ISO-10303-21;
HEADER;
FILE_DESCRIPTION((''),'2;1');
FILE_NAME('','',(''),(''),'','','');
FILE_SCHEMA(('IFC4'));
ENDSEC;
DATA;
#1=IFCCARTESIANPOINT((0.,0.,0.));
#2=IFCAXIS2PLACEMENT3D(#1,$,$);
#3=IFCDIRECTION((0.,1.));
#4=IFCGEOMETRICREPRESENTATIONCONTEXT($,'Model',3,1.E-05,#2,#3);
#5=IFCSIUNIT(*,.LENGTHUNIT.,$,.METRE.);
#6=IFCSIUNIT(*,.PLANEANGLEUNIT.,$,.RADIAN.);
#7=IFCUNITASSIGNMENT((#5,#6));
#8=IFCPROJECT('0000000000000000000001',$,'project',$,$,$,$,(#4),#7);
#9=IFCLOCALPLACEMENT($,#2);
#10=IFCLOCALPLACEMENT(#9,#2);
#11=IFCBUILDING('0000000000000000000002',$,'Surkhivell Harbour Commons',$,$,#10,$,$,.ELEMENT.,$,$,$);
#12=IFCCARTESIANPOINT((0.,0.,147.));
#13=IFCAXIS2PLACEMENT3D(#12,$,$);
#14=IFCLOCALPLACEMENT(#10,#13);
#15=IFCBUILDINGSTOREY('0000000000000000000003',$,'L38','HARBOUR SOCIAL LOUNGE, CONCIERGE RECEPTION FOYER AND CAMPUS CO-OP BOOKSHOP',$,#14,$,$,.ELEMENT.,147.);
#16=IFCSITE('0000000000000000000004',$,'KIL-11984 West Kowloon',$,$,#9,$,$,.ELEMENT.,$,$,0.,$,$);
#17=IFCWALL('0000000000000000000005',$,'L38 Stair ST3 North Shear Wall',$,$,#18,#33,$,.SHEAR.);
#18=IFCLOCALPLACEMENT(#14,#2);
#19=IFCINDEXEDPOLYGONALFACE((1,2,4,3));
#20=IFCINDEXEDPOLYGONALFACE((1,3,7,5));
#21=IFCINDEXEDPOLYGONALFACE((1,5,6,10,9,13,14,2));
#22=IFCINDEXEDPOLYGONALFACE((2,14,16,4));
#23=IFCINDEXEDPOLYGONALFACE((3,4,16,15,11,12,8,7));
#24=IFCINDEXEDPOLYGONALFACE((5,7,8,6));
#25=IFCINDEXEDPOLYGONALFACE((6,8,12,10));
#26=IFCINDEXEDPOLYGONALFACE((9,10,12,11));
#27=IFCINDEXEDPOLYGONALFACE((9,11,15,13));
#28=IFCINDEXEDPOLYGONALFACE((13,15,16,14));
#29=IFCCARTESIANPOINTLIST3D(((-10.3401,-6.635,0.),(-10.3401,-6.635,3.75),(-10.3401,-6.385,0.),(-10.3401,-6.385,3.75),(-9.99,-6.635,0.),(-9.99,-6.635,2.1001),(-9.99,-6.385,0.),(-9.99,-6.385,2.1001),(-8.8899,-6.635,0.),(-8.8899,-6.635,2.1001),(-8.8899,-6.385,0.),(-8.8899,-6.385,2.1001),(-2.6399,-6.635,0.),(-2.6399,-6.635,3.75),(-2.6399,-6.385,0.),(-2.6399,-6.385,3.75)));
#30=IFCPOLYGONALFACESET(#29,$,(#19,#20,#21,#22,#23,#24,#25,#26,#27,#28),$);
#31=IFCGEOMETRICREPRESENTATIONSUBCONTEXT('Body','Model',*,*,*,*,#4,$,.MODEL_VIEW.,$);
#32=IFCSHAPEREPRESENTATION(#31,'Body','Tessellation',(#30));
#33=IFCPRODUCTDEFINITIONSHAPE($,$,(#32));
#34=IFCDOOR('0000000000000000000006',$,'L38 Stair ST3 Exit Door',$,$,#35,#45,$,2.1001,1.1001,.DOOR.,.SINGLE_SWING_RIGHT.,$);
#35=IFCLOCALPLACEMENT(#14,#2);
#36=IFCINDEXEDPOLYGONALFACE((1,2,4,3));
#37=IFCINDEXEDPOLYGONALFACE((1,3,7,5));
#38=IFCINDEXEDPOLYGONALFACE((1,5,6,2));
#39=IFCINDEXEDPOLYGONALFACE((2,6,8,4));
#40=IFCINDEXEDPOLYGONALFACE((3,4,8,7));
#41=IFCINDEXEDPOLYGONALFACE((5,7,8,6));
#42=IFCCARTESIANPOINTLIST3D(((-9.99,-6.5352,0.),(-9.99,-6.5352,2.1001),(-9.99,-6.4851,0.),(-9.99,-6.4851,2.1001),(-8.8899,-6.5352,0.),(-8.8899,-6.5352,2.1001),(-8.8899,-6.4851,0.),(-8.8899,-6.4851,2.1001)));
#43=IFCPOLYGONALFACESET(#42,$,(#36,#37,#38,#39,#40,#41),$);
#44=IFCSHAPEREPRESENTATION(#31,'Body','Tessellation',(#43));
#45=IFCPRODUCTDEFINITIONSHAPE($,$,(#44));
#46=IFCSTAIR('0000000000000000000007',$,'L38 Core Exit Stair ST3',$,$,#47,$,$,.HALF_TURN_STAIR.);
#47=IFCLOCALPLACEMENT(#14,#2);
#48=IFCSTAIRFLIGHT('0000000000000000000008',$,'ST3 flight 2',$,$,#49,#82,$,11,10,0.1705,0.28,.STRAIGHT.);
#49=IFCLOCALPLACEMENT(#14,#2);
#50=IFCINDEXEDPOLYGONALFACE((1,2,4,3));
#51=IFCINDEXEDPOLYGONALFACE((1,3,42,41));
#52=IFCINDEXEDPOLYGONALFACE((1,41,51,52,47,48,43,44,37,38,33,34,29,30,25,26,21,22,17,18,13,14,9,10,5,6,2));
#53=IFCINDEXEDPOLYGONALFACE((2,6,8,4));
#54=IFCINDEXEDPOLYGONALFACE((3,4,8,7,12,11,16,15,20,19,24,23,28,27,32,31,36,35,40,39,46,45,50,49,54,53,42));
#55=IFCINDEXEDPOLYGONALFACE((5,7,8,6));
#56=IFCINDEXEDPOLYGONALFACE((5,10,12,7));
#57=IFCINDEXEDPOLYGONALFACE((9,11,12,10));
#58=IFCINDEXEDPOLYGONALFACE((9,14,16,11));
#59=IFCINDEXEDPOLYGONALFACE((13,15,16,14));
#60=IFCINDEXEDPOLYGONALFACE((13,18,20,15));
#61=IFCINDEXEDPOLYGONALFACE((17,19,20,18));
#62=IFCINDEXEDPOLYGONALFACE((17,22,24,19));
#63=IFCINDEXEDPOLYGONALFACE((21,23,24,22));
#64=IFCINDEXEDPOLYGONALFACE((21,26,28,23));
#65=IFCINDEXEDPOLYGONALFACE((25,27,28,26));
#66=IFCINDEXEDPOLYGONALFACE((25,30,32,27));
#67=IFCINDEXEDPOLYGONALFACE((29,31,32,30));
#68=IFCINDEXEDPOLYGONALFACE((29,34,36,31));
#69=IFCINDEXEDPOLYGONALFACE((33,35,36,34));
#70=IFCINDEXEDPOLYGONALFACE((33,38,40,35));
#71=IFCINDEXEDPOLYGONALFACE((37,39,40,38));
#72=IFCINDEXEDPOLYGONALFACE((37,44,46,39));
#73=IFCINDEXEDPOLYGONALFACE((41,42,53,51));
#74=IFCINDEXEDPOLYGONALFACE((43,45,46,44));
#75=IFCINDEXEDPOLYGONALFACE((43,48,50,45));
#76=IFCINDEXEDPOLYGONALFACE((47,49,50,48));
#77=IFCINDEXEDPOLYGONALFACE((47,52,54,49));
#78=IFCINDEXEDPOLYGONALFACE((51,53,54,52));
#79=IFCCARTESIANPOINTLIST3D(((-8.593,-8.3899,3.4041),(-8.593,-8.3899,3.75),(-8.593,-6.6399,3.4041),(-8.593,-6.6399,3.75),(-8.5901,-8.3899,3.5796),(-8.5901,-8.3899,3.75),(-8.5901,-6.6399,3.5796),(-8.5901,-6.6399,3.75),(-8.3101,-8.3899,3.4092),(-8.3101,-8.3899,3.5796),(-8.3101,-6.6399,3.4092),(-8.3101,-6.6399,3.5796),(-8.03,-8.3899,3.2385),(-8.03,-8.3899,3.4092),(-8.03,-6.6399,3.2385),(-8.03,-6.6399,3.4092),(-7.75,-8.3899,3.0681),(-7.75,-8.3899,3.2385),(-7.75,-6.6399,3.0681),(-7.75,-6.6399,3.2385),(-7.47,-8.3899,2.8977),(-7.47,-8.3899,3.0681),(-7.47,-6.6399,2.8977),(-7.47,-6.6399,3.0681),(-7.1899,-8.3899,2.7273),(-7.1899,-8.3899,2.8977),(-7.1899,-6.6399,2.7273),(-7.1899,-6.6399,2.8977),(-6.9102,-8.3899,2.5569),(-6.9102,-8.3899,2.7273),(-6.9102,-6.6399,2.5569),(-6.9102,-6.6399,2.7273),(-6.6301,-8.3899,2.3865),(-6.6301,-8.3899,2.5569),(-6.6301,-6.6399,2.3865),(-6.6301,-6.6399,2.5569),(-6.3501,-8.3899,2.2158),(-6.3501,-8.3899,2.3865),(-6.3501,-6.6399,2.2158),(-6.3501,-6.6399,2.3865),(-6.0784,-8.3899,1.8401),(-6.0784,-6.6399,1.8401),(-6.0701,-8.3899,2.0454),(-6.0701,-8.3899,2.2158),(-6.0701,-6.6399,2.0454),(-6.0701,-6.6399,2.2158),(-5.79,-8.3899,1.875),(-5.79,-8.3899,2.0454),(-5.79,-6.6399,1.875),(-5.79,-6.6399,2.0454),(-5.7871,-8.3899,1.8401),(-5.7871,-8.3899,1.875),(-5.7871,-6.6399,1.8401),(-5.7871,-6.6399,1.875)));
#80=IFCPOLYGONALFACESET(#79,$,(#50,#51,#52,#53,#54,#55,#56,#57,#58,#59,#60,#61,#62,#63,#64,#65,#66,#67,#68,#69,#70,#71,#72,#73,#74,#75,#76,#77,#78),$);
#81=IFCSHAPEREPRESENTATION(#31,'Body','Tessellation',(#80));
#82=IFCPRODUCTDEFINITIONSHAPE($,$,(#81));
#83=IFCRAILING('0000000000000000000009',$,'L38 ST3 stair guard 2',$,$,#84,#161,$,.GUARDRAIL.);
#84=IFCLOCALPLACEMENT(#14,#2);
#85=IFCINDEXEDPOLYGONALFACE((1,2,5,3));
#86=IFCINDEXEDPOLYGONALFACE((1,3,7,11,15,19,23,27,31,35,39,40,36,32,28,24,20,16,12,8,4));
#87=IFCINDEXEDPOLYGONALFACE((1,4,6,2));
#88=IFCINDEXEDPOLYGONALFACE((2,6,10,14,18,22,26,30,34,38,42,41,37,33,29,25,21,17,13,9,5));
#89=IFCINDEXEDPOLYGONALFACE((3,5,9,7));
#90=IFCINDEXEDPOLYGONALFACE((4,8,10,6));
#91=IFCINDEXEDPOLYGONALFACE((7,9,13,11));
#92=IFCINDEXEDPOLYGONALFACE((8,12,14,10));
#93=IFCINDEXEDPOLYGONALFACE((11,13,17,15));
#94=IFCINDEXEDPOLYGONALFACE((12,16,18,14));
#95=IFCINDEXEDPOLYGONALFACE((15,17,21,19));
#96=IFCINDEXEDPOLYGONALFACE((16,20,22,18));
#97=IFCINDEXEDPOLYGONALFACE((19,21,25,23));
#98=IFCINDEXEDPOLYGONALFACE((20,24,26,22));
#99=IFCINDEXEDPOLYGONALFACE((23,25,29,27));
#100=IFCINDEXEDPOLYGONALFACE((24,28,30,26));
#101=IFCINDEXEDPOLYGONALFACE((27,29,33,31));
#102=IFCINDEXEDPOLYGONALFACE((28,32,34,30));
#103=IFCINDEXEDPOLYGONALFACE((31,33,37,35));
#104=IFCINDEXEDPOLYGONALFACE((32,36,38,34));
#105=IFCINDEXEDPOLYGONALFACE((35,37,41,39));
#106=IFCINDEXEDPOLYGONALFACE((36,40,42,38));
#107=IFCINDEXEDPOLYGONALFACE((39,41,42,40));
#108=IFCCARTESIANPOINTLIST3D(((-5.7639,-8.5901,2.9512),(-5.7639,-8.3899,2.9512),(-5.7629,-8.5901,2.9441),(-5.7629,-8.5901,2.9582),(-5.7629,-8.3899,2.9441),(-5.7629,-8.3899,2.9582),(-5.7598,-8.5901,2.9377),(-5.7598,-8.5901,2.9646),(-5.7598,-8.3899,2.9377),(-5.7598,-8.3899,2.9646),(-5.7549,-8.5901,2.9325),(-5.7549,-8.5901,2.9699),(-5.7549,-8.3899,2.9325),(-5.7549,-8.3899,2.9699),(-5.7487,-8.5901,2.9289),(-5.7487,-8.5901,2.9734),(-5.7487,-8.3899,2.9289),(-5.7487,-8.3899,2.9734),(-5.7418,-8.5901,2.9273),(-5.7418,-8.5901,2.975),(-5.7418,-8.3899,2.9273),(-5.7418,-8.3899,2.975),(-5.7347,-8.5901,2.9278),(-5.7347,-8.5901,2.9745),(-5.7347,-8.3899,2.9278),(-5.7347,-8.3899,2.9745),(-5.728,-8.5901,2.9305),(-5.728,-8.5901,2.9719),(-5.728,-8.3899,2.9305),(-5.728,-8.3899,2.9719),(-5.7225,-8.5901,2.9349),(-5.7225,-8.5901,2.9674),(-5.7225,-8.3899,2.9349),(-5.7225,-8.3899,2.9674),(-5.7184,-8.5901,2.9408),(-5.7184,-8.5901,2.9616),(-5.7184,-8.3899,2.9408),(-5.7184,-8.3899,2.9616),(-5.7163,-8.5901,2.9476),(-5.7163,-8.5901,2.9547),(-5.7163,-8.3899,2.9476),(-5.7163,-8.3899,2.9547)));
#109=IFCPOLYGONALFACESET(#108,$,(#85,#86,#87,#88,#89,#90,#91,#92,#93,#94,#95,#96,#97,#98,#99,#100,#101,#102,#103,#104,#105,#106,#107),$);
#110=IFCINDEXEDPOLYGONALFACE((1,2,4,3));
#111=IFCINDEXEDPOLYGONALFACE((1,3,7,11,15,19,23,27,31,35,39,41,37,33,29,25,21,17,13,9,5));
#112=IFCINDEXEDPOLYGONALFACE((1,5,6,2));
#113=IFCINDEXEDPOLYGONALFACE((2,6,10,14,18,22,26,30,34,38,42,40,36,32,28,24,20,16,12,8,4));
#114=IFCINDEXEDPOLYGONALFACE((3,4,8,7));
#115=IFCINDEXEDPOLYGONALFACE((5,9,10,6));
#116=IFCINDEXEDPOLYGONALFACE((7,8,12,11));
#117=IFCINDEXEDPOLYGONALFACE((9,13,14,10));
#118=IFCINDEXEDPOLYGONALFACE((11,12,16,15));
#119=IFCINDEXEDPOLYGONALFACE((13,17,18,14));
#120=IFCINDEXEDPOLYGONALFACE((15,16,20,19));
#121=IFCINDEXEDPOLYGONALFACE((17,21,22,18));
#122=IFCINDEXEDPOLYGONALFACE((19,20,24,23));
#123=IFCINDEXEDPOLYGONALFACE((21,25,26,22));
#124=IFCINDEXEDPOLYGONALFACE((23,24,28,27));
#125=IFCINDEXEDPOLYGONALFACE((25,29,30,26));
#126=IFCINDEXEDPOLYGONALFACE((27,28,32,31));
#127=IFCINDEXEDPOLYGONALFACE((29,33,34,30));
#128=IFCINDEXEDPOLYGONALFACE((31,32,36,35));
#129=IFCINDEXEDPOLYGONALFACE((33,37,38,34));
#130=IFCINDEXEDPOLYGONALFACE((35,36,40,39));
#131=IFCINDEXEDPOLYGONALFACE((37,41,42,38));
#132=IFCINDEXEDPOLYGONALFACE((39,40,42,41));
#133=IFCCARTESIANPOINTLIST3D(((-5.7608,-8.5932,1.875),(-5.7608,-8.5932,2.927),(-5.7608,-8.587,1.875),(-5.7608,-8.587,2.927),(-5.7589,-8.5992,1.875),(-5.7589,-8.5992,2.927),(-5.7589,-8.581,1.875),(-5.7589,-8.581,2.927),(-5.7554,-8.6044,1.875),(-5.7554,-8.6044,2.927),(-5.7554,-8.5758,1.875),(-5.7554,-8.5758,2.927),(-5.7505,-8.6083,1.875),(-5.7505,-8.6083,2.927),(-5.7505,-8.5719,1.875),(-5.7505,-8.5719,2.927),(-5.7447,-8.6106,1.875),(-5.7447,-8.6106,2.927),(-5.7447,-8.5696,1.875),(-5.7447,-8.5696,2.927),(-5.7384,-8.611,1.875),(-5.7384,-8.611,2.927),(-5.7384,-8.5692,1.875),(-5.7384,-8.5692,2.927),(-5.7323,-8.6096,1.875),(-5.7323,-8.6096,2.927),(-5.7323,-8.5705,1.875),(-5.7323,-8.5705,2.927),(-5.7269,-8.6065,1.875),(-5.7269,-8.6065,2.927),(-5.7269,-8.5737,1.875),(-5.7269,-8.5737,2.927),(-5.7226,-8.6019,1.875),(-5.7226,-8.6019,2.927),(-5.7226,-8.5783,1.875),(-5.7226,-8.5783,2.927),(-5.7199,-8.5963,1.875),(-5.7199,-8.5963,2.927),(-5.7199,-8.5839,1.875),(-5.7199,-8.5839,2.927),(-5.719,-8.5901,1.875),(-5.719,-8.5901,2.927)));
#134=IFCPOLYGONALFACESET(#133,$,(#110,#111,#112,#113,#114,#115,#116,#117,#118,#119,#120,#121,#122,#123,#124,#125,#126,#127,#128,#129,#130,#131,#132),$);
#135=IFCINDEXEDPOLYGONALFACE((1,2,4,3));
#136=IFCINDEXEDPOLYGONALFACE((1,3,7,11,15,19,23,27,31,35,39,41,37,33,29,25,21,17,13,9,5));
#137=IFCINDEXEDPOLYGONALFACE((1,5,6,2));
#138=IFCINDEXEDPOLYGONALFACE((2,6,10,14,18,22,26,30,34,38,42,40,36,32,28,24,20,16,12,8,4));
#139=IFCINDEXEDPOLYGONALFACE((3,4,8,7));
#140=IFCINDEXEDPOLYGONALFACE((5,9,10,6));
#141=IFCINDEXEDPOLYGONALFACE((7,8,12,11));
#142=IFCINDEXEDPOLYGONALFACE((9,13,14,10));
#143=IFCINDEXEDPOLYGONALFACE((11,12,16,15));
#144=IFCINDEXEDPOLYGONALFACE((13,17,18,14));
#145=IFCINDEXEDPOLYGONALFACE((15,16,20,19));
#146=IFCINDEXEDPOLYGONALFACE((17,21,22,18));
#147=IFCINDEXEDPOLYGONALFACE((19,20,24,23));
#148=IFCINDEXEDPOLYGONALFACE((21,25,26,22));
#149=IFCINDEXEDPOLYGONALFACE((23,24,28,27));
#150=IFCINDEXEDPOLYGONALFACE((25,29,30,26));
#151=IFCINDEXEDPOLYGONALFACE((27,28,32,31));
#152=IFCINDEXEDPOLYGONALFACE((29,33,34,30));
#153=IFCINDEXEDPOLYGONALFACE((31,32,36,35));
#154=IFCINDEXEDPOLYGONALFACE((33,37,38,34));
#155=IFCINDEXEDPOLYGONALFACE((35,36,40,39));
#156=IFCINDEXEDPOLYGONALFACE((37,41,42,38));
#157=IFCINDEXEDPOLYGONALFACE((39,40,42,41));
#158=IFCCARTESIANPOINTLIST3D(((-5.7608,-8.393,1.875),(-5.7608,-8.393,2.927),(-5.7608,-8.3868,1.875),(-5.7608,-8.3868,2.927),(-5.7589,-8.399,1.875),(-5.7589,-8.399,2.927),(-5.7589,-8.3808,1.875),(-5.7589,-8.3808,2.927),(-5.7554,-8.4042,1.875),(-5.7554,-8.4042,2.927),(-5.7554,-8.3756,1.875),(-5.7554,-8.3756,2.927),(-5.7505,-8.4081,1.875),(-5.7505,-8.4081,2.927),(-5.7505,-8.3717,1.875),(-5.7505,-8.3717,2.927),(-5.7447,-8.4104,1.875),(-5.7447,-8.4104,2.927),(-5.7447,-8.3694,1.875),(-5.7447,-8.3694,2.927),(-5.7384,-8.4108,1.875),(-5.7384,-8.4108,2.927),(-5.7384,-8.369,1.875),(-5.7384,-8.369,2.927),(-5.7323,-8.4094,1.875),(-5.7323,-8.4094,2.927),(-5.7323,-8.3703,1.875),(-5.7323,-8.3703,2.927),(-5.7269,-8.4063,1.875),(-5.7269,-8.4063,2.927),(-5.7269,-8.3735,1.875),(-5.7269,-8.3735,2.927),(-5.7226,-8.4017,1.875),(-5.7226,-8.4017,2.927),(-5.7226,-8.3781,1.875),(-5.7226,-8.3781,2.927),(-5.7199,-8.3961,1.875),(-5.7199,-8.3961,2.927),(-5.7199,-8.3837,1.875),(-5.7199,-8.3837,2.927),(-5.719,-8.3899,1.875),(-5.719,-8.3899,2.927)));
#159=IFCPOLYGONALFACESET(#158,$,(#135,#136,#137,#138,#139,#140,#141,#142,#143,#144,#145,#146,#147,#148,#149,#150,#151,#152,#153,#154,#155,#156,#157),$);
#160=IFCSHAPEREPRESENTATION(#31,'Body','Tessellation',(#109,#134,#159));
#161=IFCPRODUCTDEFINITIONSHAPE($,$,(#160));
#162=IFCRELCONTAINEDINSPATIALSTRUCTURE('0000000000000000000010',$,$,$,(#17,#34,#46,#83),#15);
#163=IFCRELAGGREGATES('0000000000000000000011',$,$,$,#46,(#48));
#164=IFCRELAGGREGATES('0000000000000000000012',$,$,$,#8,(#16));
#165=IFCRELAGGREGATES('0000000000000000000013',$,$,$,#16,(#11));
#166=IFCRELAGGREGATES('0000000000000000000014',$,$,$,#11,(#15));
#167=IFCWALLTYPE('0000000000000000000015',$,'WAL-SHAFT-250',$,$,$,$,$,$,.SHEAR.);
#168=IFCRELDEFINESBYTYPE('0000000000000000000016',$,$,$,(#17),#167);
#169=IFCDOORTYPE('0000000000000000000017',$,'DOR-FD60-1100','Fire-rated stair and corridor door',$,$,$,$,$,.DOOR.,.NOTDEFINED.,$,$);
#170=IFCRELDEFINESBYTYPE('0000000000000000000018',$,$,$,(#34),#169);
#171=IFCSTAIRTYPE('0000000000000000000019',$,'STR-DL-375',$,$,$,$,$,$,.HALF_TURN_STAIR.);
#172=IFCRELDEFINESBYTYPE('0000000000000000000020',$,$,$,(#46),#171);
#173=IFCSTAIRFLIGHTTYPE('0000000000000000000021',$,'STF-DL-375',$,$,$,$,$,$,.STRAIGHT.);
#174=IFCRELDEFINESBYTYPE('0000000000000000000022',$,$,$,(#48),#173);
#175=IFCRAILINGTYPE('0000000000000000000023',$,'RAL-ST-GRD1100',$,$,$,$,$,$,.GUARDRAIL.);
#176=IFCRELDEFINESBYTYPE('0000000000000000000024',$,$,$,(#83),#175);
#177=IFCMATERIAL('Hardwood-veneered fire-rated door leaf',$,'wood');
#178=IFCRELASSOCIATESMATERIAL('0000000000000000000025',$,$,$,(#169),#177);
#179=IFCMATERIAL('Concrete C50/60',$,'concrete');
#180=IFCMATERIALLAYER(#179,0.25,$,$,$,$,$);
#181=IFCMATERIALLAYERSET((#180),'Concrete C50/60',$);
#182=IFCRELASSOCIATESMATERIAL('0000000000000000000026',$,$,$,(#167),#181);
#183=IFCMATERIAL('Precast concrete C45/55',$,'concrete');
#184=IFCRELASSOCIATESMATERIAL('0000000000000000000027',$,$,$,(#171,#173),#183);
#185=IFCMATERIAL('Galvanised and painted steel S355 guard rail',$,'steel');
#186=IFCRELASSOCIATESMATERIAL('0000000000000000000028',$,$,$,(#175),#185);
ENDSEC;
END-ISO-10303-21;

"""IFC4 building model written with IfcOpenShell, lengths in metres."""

from ifc_helpers import new_model, si_unit, direction, frame, frame_2d, origin, origin_2d, place, context, subcontext, project, spatial, polyline, rectangle, circle, outline, extrude, material, layer, layer_set, type_object, element, fill, aggregate, save


model = new_model("IFC4")

# Units and contexts
model_context = context("Model", 3, precision=1e-05, world=origin(), true_north=direction((0.0, 1.0)))
body_context = subcontext(model_context, "Body", "Model", "MODEL_VIEW")
ifc_project = project(units=[si_unit("LENGTHUNIT", "METRE"), si_unit("PLANEANGLEUNIT", "RADIAN")], contexts=[model_context])

# Site, building, storey
site_placement = place(None, origin())
site = spatial("IfcSite", under=ifc_project, at=site_placement, Name="KIL-11984 West Kowloon", CompositionType="ELEMENT", RefElevation=0.0)
building_placement = place(site_placement, origin())
building = spatial("IfcBuilding", under=site, at=building_placement, Name="Surkhivell Harbour Commons", CompositionType="ELEMENT")
storey_placement = place(building_placement, frame((0.0, 0.0, 147.0)))
storey = spatial("IfcBuildingStorey", under=building, at=storey_placement, Name="L38", Description="HARBOUR SOCIAL LOUNGE, CONCIERGE RECEPTION FOYER AND CAMPUS CO-OP BOOKSHOP", CompositionType="ELEMENT", Elevation=147.0)

# Shared definitions
ifc_material_1 = material(Name="Hardwood-veneered fire-rated door leaf", Category="wood")
door_type_1 = type_object("IfcDoorType", Name="DOR-FD60-1100", Description="Fire-rated stair and corridor door", OperationType="NOTDEFINED", PredefinedType="DOOR", material=ifc_material_1)

# Shared definitions
ifc_material_2 = material(Name="Concrete C50/60", Category="concrete")
ifc_layer_1 = layer(ifc_material_2, 0.25)
ifc_layer_set_1 = layer_set([ifc_layer_1], Name="Concrete C50/60")
wall_type_1 = type_object("IfcWallType", Name="WAL-SHAFT-250", PredefinedType="SHEAR", material=ifc_layer_set_1)

# Wall, opening, door
wall_1_placement = place(storey_placement, frame((-10.3401, -6.51, 0.0), z_axis=(0.0, 0.0, 1.0), x_axis=(1.0, 0.0, 0.0)))
wall_1 = element("IfcWall", 1, at=wall_1_placement, inside=storey, type_object=wall_type_1, Name="L38 Stair ST3 North Shear Wall", PredefinedType="SHEAR", context=body_context, shape_type="SweptSolid", body=[
    extrude(rectangle(XDim=7.7002, YDim=0.25, at=frame_2d((3.8501, 0.0))), origin(), (0.0, 0.0, 1.0), 3.75),
])
opening_1_placement = place(wall_1_placement, frame((0.3501, 0.0, 0.0)))
opening_1 = element("IfcOpeningElement", 2, at=opening_1_placement, cuts=wall_1, PredefinedType="OPENING", context=body_context, shape_type="SweptSolid", body=[
    extrude(rectangle(XDim=1.1001, YDim=2.1001, at=frame_2d((0.55, 1.05))), frame((0.0, 0.135, 0.0), z_axis=(0.0, -1.0, 0.0), x_axis=(1.0, 0.0, 0.0)), (0.0, 0.0, 1.0), 0.27),
])
door_1_placement = place(opening_1_placement, origin())
door_1 = element("IfcDoor", 3, at=door_1_placement, inside=storey, type_object=door_type_1, Name="L38 Stair ST3 Exit Door", OperationType="SINGLE_SWING_RIGHT", OverallHeight=2.1001, OverallWidth=1.1001, PredefinedType="DOOR", context=body_context, shape_type="SweptSolid", body=[
    extrude(rectangle(XDim=1.1001, YDim=2.1001, at=frame_2d((0.55, 1.05))), frame((0.0, 0.0249, 0.0), z_axis=(0.0, -1.0, 0.0), x_axis=(1.0, 0.0, 0.0)), (0.0, 0.0, 1.0), 0.05),
])
fill(opening_1, door_1)

# Stair, stair flight
ifc_material_3 = material(Name="Precast concrete C45/55", Category="concrete")
stair_type = type_object("IfcStairType", Name="STR-DL-375", PredefinedType="HALF_TURN_STAIR", material=ifc_material_3)
stair_placement = place(storey_placement, origin())
stair = element("IfcStair", 4, at=stair_placement, inside=storey, type_object=stair_type, Name="L38 Core Exit Stair ST3", PredefinedType="HALF_TURN_STAIR")
stair_flight_type = type_object("IfcStairFlightType", Name="STF-DL-375", PredefinedType="STRAIGHT", material=ifc_material_3)
stair_flight_placement = place(storey_placement, frame((-5.79, -7.5149, 1.875), z_axis=(0.0, 0.0, 1.0), x_axis=(-1.0, 0.0, 0.0)))
stair_flight = element("IfcStairFlight", 5, at=stair_flight_placement, type_object=stair_flight_type, Name="ST3 flight 2", NumberOfRisers=11, NumberOfTreads=10, PredefinedType="STRAIGHT", RiserHeight=0.1705, TreadLength=0.28, context=body_context, shape_type="SweptSolid", body=[
    extrude(outline(polyline([(-0.0029, -0.0349), (-0.0029, 0.0), (0.0, 0.0), (0.0, 0.1704), (0.28, 0.1704), (0.28, 0.3408), (0.5601, 0.3408), (0.5601, 0.5115), (0.8401, 0.5115), (0.8401, 0.6819), (1.1201, 0.6819), (1.1201, 0.8523), (1.3999, 0.8523), (1.3999, 1.0227), (1.6799, 1.0227), (1.6799, 1.1931), (1.96, 1.1931), (1.96, 1.3635), (2.24, 1.3635), (2.24, 1.5342), (2.52, 1.5342), (2.52, 1.7046), (2.8, 1.7046), (2.8, 1.875), (2.803, 1.875), (2.803, 1.5291), (0.2883, -0.0349), (-0.0029, -0.0349)])), frame((0.0, 0.875, 0.0), z_axis=(0.0, -1.0, 0.0), x_axis=(1.0, 0.0, 0.0)), (0.0, 0.0, 1.0), 1.75),
])
aggregate(stair, [stair_flight])

# Railing
ifc_material_4 = material(Name="Galvanised and painted steel S355 guard rail", Category="steel")
railing_type_1 = type_object("IfcRailingType", Name="RAL-ST-GRD1100", PredefinedType="GUARDRAIL", material=ifc_material_4)
railing_1_placement = place(storey_placement, frame((-5.74, -8.5901, 1.875)))
element("IfcRailing", 6, at=railing_1_placement, inside=storey, type_object=railing_type_1, Name="L38 ST3 stair guard 2", PredefinedType="GUARDRAIL", context=body_context, shape_type="SweptSolid", body=[
    extrude(circle(Radius=0.0239, at=origin_2d()), frame((0.0, 0.0, 1.0762), z_axis=(0.0, 1.0, 0.0), x_axis=(-1.0, 0.0, 0.0)), (0.0, 0.0, 1.0), 0.2002),
    extrude(circle(Radius=0.021, at=origin_2d()), origin(), (0.0, 0.0, 1.0), 1.052),
    extrude(circle(Radius=0.021, at=origin_2d()), frame((0.0, 0.2002, 0.0)), (0.0, 0.0, 1.0), 1.052),
])

save(model, "model.ifc")
